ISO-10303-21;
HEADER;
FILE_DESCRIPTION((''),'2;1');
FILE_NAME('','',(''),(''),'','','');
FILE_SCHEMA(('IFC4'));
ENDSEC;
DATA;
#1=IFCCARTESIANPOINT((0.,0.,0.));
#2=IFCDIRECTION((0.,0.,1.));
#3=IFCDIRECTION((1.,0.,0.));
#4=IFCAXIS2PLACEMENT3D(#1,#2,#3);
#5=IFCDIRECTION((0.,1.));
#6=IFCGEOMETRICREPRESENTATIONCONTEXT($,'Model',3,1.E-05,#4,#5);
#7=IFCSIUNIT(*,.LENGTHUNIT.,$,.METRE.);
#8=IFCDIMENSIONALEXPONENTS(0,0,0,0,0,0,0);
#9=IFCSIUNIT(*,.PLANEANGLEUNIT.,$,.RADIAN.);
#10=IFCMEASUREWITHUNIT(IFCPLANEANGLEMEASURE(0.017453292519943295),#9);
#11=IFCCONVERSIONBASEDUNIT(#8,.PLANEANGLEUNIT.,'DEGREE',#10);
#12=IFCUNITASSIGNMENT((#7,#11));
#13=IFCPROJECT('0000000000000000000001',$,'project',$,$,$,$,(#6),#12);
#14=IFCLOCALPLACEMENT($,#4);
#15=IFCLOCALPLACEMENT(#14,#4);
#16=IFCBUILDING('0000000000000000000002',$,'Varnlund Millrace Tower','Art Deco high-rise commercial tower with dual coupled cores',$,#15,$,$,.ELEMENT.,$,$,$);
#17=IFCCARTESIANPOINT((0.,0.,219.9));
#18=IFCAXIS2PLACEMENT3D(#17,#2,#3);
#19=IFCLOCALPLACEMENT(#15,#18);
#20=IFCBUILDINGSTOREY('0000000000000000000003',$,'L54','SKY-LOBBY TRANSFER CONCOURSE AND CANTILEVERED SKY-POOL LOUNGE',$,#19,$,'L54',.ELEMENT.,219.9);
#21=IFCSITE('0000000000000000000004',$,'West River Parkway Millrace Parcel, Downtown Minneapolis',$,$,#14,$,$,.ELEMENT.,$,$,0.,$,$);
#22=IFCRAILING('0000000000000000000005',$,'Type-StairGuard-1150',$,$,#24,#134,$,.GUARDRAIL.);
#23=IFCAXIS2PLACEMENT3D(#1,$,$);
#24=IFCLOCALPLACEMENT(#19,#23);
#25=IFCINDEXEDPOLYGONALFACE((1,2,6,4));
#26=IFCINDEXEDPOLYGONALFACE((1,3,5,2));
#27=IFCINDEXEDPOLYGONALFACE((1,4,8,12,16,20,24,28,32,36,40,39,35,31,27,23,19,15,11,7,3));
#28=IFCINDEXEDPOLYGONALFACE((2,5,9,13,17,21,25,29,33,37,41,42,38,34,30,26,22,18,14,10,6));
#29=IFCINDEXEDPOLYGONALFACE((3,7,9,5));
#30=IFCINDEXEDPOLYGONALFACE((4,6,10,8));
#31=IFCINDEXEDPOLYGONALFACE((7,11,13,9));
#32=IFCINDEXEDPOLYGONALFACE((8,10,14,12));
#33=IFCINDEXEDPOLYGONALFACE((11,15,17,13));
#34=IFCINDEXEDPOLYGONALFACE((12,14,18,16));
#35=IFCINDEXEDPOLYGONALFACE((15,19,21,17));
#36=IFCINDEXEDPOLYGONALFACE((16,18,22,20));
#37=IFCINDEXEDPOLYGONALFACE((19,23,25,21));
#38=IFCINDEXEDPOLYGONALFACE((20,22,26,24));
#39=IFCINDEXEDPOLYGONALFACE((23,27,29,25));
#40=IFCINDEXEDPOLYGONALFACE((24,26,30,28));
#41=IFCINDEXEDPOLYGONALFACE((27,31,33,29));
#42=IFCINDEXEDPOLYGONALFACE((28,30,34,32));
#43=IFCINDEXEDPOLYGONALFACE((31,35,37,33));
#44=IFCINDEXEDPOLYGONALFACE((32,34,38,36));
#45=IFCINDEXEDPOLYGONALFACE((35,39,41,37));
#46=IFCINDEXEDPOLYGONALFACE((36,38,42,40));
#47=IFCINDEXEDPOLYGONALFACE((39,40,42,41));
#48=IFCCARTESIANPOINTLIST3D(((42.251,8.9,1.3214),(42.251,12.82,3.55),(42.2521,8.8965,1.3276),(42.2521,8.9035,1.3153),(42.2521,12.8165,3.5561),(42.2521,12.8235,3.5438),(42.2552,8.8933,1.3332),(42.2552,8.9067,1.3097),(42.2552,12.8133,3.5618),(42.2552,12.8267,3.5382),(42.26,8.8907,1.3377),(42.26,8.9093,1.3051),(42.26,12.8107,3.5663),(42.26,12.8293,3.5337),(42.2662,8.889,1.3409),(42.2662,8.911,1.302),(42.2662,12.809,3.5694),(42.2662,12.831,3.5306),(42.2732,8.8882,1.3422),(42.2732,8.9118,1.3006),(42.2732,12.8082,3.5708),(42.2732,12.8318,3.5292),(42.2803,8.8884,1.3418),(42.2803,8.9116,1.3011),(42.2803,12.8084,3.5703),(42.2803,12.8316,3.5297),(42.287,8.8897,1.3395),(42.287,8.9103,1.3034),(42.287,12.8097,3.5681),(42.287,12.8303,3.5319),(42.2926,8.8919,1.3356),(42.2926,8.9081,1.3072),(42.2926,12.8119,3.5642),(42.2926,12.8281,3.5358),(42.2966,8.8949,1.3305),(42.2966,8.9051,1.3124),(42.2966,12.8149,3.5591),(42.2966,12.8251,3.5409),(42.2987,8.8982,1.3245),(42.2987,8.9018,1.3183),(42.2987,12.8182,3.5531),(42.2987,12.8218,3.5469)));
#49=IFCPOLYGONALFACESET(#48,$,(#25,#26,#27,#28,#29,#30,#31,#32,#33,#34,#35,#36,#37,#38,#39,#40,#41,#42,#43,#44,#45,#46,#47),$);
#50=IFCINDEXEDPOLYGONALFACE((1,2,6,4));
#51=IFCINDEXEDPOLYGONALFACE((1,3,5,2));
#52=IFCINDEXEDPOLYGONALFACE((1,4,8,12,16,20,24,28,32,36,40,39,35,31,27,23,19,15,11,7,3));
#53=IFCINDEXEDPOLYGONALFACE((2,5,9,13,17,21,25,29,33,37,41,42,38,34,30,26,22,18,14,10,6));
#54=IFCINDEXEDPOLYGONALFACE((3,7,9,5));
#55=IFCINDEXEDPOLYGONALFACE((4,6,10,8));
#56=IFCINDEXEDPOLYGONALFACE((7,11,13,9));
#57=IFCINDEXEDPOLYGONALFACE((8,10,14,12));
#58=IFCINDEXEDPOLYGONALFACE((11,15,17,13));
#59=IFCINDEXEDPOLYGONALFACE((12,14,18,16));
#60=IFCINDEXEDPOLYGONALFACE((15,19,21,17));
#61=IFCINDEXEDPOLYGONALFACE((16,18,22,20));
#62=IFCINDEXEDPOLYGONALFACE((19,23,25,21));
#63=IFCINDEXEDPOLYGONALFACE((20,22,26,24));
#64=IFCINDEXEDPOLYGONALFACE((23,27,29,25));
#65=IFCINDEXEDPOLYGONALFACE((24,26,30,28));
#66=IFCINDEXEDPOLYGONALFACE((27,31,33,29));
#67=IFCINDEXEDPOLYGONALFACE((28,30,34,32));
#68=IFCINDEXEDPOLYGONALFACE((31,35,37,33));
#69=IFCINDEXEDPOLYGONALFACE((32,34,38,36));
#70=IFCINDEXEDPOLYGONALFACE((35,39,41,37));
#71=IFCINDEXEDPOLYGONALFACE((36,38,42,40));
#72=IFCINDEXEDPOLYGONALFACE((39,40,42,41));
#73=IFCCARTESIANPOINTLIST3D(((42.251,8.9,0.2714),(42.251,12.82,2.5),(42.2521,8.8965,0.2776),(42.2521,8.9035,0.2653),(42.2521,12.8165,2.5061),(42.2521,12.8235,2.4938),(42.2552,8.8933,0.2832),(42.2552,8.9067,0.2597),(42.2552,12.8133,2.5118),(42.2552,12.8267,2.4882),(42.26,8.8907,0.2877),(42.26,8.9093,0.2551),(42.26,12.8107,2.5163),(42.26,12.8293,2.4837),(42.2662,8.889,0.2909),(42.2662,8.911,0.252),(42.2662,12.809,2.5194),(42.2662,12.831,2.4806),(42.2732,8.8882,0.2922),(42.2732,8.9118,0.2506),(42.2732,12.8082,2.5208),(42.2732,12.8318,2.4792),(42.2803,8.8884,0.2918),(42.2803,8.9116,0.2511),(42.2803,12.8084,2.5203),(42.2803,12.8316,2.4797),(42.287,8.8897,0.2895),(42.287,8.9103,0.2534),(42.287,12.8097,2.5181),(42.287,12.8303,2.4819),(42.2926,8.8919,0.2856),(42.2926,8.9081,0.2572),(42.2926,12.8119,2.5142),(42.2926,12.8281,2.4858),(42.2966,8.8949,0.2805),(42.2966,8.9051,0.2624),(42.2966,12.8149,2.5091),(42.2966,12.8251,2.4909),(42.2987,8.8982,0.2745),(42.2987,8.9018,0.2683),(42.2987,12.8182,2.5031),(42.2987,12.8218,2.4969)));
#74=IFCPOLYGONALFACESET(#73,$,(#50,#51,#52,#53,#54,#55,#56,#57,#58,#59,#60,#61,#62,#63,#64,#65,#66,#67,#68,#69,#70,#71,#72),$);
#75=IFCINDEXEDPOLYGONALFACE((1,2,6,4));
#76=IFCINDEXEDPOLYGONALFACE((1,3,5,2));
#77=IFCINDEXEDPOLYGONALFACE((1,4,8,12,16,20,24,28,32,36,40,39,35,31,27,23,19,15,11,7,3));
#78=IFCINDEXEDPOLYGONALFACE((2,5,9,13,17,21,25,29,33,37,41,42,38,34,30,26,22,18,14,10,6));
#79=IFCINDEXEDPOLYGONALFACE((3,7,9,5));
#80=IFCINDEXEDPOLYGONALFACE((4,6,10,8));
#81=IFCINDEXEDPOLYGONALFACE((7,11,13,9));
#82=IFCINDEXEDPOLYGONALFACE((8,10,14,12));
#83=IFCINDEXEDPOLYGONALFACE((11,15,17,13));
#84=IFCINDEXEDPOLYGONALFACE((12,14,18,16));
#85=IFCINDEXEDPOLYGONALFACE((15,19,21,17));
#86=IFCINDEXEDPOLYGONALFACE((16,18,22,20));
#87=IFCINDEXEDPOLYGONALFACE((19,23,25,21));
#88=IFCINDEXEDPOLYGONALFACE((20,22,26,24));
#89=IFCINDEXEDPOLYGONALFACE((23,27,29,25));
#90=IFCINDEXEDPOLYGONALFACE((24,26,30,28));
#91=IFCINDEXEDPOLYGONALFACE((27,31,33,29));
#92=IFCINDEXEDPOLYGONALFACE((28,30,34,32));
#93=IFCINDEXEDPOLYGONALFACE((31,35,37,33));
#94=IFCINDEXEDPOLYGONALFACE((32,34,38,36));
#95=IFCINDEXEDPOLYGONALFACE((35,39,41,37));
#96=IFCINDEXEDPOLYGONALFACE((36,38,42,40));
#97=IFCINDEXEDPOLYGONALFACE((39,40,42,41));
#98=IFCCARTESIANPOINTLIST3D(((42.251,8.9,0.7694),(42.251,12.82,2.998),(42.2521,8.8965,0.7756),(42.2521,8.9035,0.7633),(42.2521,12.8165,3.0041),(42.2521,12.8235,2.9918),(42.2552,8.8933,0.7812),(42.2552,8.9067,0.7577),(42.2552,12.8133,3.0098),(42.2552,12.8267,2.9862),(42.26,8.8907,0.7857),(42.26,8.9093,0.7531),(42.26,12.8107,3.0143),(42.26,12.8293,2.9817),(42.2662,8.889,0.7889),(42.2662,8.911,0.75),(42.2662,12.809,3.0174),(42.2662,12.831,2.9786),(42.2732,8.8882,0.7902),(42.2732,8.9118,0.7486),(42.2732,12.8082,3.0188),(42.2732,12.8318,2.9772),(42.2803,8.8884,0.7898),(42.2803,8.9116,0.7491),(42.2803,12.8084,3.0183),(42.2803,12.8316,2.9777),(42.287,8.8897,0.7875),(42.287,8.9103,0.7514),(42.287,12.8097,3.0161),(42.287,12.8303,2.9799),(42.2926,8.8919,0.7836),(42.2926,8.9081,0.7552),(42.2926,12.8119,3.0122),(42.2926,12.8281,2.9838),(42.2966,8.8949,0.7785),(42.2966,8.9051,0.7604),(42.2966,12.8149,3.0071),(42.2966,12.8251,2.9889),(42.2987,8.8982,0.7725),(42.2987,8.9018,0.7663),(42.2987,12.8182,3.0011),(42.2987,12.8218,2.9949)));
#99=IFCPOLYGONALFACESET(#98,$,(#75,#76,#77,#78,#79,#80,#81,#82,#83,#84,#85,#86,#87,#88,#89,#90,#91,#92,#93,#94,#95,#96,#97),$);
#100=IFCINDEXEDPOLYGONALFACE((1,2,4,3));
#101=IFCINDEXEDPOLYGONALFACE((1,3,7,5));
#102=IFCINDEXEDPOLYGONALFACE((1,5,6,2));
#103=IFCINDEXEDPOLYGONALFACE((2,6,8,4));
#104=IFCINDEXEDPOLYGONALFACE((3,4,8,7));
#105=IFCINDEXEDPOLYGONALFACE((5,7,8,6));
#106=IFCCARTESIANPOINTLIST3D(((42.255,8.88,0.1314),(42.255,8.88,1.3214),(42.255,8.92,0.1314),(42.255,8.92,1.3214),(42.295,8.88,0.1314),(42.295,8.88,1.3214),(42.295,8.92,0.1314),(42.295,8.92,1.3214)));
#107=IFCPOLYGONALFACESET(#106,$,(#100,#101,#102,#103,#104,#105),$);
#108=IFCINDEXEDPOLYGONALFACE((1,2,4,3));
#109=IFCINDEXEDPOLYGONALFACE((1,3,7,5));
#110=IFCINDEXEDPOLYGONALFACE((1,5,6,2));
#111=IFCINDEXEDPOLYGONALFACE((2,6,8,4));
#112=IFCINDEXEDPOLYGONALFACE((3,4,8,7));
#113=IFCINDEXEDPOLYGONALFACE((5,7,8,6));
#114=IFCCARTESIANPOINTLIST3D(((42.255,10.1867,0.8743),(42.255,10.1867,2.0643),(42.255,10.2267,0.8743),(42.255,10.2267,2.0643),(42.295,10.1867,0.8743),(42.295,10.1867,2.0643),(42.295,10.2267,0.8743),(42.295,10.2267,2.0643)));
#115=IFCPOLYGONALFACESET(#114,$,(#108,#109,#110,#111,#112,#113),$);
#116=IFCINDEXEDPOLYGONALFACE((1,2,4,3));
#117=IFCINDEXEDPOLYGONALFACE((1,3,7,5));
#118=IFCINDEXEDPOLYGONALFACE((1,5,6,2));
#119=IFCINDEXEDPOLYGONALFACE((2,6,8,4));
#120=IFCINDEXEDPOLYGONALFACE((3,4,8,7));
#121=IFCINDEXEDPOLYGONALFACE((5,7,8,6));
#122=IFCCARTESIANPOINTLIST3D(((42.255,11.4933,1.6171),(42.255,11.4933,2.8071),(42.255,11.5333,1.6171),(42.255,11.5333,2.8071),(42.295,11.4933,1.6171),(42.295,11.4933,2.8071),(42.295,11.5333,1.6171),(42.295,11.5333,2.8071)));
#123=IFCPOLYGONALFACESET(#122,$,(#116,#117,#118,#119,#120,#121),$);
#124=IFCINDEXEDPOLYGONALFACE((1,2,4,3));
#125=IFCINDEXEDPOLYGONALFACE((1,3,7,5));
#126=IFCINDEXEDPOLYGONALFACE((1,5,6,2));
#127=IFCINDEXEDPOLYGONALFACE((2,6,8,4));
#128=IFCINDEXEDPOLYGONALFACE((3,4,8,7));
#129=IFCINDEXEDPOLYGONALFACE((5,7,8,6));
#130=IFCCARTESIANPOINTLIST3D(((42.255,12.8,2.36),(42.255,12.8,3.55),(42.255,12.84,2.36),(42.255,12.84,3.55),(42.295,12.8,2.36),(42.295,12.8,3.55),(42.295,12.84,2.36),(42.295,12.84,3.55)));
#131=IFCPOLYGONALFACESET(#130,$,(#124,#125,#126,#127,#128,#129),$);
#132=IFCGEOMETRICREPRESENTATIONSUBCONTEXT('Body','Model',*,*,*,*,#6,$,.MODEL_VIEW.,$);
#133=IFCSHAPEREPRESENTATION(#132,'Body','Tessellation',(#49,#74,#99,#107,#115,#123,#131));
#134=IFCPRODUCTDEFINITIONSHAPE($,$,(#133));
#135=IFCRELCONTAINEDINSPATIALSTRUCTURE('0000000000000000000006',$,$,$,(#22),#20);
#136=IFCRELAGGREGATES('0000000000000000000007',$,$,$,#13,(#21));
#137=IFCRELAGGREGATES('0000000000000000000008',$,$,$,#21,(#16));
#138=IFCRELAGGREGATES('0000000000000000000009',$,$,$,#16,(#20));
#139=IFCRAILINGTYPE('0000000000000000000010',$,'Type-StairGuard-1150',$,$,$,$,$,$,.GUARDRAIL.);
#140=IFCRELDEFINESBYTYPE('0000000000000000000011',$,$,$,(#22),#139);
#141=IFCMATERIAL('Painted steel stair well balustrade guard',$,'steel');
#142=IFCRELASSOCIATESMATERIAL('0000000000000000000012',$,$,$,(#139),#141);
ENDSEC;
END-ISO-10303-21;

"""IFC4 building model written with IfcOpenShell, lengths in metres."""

from ifc_helpers import new_model, entity, si_unit, converted_unit, direction, frame, origin_with_axes, origin_2d_with_axis, place, context, subcontext, project, spatial, rectangle, circle, extrude, material, type_object, element, save


model = new_model("IFC4")

# Units and contexts
model_context = context("Model", 3, precision=1e-05, world=origin_with_axes(), true_north=direction((0.0, 1.0)))
body_context = subcontext(model_context, "Body", "Model", "MODEL_VIEW")
ifc_project = project(units=[si_unit("LENGTHUNIT", "METRE"), converted_unit("PLANEANGLEUNIT", "DEGREE", entity("IfcPlaneAngleMeasure", 0.017453292519943295), si_unit("PLANEANGLEUNIT", "RADIAN"), dimensions=[0, 0, 0, 0, 0, 0, 0])], contexts=[model_context])

# Site, building, storey
site_placement = place(None, origin_with_axes())
site = spatial("IfcSite", under=ifc_project, at=site_placement, Name="West River Parkway Millrace Parcel, Downtown Minneapolis", CompositionType="ELEMENT", RefElevation=0.0)
building_placement = place(site_placement, origin_with_axes())
building = spatial("IfcBuilding", under=site, at=building_placement, Name="Varnlund Millrace Tower", Description="Art Deco high-rise commercial tower with dual coupled cores", CompositionType="ELEMENT")
storey_placement = place(building_placement, frame((0.0, 0.0, 219.9), z_axis=(0.0, 0.0, 1.0), x_axis=(1.0, 0.0, 0.0)))
storey = spatial("IfcBuildingStorey", under=building, at=storey_placement, Name="L54", Description="SKY-LOBBY TRANSFER CONCOURSE AND CANTILEVERED SKY-POOL LOUNGE", LongName="L54", CompositionType="ELEMENT", Elevation=219.9)

# Railing
ifc_material_1 = material(Name="Painted steel stair well balustrade guard", Category="steel")
railing_type_1 = type_object("IfcRailingType", Name="Type-StairGuard-1150", PredefinedType="GUARDRAIL", material=ifc_material_1)
railing_1_placement = place(storey_placement, frame((0.0, 0.0, -219.9), z_axis=(0.0, 0.0, 1.0), x_axis=(1.0, 0.0, 0.0)))
element("IfcRailing", 1, at=railing_1_placement, inside=storey, type_object=railing_type_1, Name="Type-StairGuard-1150", PredefinedType="GUARDRAIL", context=body_context, shape_type="SweptSolid", body=[
    extrude(circle(Radius=0.024, at=origin_2d_with_axis()), frame((42.275, 8.9, 221.2214), z_axis=(0.0, 0.869333, 0.494227), x_axis=(-1.0, 0.0, 0.0)), (0.0, 0.0, 1.0), 4.5092),
    extrude(circle(Radius=0.024, at=origin_2d_with_axis()), frame((42.275, 8.9, 220.1714), z_axis=(0.0, 0.869333, 0.494227), x_axis=(-1.0, 0.0, 0.0)), (0.0, 0.0, 1.0), 4.5092),
    extrude(circle(Radius=0.024, at=origin_2d_with_axis()), frame((42.275, 8.9, 220.6694), z_axis=(0.0, 0.869333, 0.494227), x_axis=(-1.0, 0.0, 0.0)), (0.0, 0.0, 1.0), 4.5092),
    extrude(rectangle(XDim=0.04, YDim=0.04, at=origin_2d_with_axis()), frame((42.275, 8.9, 220.0314), z_axis=(0.0, 0.0, 1.0), x_axis=(1.0, 0.0, 0.0)), (0.0, 0.0, 1.0), 1.19),
    extrude(rectangle(XDim=0.04, YDim=0.04, at=origin_2d_with_axis()), frame((42.275, 10.2067, 220.7743), z_axis=(0.0, 0.0, 1.0), x_axis=(1.0, 0.0, 0.0)), (0.0, 0.0, 1.0), 1.19),
    extrude(rectangle(XDim=0.04, YDim=0.04, at=origin_2d_with_axis()), frame((42.275, 11.5133, 221.5171), z_axis=(0.0, 0.0, 1.0), x_axis=(1.0, 0.0, 0.0)), (0.0, 0.0, 1.0), 1.19),
    extrude(rectangle(XDim=0.04, YDim=0.04, at=origin_2d_with_axis()), frame((42.275, 12.82, 222.26), z_axis=(0.0, 0.0, 1.0), x_axis=(1.0, 0.0, 0.0)), (0.0, 0.0, 1.0), 1.19),
])

save(model, "model.ifc")
